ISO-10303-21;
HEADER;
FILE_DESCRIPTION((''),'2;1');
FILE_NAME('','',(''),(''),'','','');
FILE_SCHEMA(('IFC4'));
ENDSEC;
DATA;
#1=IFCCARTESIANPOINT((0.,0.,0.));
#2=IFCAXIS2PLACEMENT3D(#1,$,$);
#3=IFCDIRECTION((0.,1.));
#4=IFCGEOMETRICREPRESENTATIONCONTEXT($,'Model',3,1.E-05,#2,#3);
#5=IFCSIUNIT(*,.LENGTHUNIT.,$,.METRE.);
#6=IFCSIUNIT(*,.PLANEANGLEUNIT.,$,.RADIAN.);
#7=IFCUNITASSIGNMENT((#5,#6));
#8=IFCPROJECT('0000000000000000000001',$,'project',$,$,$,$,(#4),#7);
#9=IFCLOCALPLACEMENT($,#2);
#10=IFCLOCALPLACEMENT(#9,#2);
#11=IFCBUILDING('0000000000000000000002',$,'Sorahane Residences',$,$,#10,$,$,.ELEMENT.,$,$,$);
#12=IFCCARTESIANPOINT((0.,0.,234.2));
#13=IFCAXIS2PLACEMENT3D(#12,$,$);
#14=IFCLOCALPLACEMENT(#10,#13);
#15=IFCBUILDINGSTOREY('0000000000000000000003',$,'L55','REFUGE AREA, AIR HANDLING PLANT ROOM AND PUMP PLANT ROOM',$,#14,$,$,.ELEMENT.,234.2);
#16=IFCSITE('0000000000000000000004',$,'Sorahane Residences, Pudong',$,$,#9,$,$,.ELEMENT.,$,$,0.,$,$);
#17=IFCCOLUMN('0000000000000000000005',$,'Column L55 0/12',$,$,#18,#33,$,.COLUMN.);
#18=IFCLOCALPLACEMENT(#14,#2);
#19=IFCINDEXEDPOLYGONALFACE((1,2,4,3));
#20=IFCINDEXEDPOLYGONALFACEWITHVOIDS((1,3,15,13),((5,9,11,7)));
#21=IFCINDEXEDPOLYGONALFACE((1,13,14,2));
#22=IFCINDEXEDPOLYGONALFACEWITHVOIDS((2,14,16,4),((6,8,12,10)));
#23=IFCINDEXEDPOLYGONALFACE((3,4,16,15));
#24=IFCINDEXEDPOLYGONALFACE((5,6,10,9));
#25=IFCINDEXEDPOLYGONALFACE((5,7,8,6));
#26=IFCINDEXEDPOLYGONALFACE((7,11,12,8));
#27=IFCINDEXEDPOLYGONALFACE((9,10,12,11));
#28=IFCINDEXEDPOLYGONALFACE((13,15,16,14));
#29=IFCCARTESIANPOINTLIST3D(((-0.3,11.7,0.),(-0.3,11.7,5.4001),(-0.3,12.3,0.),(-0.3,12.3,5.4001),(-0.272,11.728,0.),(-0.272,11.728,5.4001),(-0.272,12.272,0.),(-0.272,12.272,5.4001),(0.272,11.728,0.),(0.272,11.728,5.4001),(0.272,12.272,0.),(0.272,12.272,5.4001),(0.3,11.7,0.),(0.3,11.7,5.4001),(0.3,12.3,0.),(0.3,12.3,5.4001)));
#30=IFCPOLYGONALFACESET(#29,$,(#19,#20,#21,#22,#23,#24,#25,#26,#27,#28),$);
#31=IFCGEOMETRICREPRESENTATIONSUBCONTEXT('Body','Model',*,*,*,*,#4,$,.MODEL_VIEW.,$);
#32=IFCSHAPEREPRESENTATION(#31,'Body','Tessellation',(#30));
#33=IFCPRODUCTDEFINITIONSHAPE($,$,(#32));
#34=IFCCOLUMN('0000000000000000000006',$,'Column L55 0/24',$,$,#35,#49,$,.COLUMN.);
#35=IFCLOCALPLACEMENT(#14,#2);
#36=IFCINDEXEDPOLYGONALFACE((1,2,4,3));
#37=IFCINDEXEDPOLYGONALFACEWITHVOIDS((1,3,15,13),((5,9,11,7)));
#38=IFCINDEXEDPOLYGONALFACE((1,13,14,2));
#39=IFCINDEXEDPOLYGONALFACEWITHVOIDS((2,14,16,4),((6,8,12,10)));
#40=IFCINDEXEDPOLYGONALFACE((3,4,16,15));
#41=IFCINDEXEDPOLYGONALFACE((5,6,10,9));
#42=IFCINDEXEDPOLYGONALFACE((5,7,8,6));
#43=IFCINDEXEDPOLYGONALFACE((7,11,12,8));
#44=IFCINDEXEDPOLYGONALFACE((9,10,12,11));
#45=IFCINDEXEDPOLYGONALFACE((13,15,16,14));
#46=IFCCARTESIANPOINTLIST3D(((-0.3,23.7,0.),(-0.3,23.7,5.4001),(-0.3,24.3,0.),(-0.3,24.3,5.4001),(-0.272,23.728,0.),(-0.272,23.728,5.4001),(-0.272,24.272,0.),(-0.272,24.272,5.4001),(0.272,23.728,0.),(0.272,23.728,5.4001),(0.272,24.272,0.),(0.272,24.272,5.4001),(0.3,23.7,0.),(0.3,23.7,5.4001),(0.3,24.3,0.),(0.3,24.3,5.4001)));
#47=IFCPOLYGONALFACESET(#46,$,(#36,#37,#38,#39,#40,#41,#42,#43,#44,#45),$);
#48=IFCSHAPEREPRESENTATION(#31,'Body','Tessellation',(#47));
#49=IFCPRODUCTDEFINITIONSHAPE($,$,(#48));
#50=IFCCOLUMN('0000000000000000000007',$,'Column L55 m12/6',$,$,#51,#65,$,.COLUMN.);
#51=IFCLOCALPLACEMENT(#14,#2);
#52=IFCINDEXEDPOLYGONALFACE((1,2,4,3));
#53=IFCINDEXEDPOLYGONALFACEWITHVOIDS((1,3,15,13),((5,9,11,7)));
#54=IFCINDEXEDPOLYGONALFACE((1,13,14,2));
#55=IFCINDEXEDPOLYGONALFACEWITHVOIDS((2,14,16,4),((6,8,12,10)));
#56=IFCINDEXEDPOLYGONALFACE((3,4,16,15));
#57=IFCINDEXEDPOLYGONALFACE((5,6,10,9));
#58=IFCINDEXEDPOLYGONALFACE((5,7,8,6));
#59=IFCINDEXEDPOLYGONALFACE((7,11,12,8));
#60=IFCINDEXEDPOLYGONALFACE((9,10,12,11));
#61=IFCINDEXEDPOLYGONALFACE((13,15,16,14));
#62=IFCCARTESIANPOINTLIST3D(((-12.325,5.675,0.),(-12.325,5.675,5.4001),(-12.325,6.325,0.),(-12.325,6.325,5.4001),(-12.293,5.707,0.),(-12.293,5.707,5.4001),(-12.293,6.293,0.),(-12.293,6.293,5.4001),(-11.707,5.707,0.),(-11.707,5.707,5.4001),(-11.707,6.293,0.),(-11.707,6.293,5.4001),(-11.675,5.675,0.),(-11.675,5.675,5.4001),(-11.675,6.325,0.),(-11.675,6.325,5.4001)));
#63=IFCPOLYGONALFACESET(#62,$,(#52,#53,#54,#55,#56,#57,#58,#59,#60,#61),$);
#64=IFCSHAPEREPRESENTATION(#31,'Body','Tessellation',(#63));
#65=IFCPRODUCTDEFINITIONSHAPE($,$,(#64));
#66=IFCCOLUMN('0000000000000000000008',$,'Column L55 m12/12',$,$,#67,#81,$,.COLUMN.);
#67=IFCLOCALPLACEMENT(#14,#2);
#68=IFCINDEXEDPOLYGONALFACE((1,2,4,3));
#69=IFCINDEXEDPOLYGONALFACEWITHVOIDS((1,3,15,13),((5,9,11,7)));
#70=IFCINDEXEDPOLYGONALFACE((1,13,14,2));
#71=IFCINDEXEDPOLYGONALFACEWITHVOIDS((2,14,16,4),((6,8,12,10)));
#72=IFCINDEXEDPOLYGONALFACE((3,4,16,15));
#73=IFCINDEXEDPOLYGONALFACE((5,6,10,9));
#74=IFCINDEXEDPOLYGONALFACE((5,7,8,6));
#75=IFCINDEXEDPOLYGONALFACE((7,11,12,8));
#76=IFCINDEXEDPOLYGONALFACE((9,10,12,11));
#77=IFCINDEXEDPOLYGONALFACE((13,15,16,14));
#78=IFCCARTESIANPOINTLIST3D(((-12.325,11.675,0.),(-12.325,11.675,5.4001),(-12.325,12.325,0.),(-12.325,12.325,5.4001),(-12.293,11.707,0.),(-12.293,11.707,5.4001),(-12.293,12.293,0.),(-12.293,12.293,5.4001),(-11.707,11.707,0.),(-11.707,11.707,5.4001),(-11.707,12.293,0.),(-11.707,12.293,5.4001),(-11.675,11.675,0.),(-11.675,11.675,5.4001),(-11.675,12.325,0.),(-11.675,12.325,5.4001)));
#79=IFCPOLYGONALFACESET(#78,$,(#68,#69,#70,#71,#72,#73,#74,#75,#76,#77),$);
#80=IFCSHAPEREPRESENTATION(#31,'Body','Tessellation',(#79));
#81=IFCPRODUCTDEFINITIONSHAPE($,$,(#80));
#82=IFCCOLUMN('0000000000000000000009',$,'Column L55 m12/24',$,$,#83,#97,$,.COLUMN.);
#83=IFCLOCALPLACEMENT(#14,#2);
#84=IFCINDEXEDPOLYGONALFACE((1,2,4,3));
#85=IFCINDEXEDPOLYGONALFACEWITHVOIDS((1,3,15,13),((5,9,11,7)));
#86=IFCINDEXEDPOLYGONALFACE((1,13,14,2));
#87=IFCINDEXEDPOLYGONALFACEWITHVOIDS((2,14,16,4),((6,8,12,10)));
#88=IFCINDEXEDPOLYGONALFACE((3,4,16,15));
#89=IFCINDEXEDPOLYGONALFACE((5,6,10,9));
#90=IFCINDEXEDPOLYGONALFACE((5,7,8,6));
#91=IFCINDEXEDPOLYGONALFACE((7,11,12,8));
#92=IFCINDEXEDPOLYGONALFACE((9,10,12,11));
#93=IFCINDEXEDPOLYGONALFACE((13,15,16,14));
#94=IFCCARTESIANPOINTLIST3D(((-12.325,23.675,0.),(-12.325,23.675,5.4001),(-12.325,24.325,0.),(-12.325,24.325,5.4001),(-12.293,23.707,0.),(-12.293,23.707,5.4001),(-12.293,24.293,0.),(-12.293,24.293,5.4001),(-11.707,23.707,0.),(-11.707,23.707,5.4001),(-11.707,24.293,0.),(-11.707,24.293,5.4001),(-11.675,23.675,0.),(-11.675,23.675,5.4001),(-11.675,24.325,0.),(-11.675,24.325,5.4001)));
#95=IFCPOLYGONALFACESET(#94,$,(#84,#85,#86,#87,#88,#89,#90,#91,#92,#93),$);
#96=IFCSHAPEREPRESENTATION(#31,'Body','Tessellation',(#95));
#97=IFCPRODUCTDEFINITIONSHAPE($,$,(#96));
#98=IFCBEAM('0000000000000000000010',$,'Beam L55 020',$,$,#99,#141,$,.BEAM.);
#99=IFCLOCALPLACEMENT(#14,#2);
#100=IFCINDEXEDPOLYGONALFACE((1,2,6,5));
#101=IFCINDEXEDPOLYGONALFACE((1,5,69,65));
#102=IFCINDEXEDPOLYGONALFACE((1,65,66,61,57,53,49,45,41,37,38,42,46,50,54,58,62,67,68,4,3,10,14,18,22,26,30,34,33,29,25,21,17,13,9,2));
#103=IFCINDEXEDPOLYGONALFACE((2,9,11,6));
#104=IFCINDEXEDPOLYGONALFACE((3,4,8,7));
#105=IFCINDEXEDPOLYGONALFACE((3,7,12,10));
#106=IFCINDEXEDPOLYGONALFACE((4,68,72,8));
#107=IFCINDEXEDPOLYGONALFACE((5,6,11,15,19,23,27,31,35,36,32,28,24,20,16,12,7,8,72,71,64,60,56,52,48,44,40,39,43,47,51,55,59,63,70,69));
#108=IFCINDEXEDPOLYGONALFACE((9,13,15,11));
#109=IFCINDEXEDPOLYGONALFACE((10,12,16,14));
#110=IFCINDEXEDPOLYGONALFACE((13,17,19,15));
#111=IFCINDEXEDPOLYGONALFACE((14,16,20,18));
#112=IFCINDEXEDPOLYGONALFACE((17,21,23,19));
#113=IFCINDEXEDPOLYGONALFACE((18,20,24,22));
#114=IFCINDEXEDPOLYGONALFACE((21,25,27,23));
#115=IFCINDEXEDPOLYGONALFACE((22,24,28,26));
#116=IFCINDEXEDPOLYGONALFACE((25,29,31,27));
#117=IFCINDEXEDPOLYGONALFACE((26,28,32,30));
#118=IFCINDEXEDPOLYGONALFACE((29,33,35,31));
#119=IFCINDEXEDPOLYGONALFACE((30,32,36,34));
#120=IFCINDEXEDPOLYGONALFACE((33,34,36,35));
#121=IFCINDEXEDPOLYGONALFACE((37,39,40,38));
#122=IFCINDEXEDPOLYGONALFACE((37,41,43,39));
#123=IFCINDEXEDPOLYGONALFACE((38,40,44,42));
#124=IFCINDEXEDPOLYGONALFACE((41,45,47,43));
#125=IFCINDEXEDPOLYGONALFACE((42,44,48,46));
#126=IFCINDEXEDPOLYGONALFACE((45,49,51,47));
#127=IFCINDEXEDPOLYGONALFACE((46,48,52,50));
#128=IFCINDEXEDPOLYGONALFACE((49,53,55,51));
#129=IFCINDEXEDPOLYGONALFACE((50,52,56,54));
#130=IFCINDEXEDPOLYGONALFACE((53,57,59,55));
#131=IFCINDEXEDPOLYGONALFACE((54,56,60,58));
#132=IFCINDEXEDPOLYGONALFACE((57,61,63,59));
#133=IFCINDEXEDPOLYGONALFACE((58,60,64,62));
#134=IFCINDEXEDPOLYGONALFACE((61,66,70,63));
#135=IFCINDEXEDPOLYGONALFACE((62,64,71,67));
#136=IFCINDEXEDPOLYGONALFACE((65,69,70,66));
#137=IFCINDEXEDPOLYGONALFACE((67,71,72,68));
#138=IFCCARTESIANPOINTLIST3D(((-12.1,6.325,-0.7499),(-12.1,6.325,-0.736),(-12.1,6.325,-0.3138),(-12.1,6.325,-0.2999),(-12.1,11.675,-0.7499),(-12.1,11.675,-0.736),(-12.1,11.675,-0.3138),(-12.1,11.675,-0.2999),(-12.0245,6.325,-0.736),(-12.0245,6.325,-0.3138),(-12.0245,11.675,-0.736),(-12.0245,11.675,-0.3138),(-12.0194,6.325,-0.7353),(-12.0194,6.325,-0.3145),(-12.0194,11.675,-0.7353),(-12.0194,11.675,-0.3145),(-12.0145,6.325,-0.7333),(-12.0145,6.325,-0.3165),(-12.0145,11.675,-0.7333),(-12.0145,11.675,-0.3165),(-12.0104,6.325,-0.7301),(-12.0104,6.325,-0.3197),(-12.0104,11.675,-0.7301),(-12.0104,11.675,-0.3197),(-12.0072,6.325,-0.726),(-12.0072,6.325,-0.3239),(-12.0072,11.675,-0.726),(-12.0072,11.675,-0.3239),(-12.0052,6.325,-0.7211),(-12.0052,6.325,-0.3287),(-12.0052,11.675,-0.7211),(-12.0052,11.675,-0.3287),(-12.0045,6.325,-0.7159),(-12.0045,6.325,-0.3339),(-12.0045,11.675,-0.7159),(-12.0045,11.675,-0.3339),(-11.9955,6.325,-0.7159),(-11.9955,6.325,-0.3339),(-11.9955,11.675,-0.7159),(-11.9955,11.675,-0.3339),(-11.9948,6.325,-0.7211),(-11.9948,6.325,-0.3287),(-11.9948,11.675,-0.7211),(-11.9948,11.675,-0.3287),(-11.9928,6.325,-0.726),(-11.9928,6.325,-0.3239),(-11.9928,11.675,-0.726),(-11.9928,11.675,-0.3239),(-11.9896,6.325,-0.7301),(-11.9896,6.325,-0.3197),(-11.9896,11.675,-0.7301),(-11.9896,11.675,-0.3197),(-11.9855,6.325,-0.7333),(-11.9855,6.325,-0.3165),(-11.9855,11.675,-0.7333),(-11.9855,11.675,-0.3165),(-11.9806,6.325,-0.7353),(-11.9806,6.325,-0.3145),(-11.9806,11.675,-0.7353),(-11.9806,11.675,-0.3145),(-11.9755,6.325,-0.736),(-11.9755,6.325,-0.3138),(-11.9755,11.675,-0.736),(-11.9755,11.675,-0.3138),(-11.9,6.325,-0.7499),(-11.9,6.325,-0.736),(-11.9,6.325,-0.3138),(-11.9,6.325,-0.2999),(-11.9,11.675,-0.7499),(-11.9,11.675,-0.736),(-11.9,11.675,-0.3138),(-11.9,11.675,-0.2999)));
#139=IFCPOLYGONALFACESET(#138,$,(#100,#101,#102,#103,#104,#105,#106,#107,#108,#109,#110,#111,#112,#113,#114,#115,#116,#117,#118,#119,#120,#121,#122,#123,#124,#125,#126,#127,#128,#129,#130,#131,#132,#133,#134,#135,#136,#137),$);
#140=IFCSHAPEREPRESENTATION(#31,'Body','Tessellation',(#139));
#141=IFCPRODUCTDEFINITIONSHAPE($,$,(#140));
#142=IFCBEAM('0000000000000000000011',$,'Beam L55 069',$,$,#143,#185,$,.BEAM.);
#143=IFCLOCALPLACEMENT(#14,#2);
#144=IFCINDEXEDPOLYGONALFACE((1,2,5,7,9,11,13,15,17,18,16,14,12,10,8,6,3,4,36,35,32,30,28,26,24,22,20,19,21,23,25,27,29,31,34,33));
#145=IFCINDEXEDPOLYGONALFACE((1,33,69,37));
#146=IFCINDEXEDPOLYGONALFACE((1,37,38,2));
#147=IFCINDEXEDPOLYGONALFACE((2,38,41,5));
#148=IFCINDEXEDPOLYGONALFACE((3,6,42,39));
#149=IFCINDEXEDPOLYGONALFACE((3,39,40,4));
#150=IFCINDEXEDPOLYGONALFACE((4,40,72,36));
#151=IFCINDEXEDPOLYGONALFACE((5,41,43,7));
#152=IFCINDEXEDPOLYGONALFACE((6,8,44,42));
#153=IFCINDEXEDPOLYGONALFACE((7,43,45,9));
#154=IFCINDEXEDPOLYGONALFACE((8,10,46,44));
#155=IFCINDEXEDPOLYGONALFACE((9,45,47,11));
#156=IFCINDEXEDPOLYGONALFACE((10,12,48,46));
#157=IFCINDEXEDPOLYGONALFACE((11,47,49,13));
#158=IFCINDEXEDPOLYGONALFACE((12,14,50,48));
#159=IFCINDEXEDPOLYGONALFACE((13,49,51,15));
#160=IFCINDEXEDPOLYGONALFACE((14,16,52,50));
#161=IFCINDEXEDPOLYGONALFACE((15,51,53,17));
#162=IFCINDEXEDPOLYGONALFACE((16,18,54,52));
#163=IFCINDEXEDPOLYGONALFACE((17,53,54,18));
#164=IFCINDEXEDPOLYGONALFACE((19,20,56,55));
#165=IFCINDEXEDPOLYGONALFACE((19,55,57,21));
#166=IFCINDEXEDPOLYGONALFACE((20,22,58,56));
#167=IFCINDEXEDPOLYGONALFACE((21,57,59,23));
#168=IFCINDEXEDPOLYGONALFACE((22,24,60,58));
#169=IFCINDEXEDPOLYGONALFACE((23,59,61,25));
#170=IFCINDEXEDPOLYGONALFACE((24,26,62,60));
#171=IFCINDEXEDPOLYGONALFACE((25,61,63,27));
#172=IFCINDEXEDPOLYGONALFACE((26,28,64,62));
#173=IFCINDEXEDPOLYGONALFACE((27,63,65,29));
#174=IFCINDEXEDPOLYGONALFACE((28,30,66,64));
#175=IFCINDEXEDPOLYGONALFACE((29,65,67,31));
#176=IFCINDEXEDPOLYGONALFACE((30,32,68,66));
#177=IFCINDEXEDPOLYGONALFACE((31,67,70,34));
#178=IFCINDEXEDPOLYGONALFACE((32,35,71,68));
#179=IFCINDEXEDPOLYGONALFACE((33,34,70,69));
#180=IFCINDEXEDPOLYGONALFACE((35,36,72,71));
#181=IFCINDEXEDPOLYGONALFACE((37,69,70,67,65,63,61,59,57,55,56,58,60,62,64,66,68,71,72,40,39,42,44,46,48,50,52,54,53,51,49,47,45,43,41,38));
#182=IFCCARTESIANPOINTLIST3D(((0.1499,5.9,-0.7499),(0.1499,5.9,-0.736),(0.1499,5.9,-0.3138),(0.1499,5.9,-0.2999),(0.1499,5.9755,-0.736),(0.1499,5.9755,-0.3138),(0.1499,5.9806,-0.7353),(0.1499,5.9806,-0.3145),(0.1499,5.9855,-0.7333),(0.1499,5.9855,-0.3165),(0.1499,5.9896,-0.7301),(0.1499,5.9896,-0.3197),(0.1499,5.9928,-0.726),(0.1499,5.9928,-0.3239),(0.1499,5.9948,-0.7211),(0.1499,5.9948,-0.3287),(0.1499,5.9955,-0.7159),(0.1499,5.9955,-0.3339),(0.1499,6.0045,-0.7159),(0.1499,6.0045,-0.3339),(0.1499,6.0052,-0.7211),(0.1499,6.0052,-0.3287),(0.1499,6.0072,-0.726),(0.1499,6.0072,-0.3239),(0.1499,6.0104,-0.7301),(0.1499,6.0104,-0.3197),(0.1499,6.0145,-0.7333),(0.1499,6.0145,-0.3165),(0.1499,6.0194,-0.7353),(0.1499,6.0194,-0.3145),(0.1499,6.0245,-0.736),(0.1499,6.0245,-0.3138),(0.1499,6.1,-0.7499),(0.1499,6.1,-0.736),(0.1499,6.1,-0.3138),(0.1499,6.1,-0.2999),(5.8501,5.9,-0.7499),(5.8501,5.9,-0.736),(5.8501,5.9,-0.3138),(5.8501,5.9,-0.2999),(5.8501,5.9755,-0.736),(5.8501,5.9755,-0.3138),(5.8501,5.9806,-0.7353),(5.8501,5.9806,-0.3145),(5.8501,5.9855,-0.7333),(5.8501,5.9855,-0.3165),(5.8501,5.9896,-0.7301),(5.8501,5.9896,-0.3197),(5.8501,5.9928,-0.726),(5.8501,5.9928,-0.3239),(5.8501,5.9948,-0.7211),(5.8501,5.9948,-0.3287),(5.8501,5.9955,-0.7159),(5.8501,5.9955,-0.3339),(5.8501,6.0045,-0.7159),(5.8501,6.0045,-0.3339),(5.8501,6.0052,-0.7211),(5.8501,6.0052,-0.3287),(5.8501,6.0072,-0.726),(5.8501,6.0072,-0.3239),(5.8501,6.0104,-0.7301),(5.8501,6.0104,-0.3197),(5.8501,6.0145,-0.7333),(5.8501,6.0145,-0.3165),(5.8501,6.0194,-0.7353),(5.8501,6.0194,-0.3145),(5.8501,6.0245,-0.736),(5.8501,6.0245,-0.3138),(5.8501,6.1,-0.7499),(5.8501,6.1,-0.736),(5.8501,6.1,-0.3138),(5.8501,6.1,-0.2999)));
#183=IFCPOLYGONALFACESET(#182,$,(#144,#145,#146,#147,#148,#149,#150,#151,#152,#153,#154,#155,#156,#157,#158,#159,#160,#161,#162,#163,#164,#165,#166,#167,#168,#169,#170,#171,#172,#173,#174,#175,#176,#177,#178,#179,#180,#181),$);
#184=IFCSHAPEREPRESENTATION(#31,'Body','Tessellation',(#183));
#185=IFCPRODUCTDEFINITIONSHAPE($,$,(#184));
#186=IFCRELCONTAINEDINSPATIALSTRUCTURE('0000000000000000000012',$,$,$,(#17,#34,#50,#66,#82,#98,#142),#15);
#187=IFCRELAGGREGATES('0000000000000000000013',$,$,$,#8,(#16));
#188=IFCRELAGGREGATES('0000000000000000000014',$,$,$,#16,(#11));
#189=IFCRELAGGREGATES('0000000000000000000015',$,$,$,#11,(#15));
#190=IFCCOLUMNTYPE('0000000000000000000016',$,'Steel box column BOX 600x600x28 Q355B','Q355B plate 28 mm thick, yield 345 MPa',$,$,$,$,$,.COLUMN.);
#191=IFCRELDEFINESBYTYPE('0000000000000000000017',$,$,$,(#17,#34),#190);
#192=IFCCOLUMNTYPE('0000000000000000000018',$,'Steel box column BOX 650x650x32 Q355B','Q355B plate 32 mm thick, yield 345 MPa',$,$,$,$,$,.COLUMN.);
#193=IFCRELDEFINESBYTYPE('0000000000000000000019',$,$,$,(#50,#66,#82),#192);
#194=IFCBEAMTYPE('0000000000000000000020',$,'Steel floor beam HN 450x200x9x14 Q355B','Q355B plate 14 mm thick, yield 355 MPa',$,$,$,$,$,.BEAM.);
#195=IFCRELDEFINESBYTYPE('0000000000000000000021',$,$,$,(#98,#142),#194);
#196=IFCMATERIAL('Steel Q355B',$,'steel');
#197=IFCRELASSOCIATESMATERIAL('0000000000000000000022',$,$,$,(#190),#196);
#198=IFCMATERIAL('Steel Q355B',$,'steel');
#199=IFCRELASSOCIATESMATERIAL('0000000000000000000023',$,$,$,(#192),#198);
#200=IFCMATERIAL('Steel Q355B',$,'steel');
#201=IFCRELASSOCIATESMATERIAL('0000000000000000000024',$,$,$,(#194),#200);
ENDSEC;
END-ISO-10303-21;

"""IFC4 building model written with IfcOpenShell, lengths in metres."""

from ifc_helpers import new_model, si_unit, direction, frame, origin, origin_2d, place, context, subcontext, project, spatial, hollow_rectangle, i_section, extrude, material, material_profile, profile_set, type_object, element, save


model = new_model("IFC4")

# Units and contexts
model_context = context("Model", 3, precision=1e-05, world=origin(), true_north=direction((0.0, 1.0)))
body_context = subcontext(model_context, "Body", "Model", "MODEL_VIEW")
ifc_project = project(units=[si_unit("LENGTHUNIT", "METRE"), si_unit("PLANEANGLEUNIT", "RADIAN")], contexts=[model_context])

# Site, building, storey
site_placement = place(None, origin())
site = spatial("IfcSite", under=ifc_project, at=site_placement, Name="Sorahane Residences, Pudong", CompositionType="ELEMENT", RefElevation=0.0)
building_placement = place(site_placement, origin())
building = spatial("IfcBuilding", under=site, at=building_placement, Name="Sorahane Residences", CompositionType="ELEMENT")
storey_placement = place(building_placement, frame((0.0, 0.0, 234.2)))
storey = spatial("IfcBuildingStorey", under=building, at=storey_placement, Name="L55", Description="REFUGE AREA, AIR HANDLING PLANT ROOM AND PUMP PLANT ROOM", CompositionType="ELEMENT", Elevation=234.2)

# Columns
ifc_material_1 = material(Name="Steel Q355B", Category="steel")
ifc_material_profile_1 = material_profile(ifc_material_1, hollow_rectangle(XDim=0.6001, YDim=0.6001, WallThickness=0.0281, at=origin_2d()), Name="BOX 600x600x28")
ifc_profile_set_1 = profile_set([ifc_material_profile_1], Name="Steel Q355B")
column_type_1 = type_object("IfcColumnType", Name="Steel box column BOX 600x600x28 Q355B", Description="Q355B plate 28 mm thick, yield 345 MPa", PredefinedType="COLUMN", material=ifc_profile_set_1)
for number, where, z_axis, x_axis, name in (
    (1, (0.0, 12.0, 0.0), (0.0, 0.0, 1.0), (1.0, 0.0, 0.0), "Column L55 0/12"),
    (2, (0.0, 24.0, 0.0), (0.0, 0.0, 1.0), (1.0, 0.0, 0.0), "Column L55 0/24"),
):
    element("IfcColumn", number, at=place(storey_placement, frame(where, z_axis=z_axis, x_axis=x_axis)), inside=storey, type_object=column_type_1, Name=name, PredefinedType="COLUMN", context=body_context, shape_type="SweptSolid", body=[
        extrude(hollow_rectangle(XDim=0.6001, YDim=0.6001, WallThickness=0.0281, at=origin_2d()), origin(), (0.0, 0.0, 1.0), 5.4001),
    ])
ifc_material_2 = material(Name="Steel Q355B", Category="steel")
ifc_material_profile_2 = material_profile(ifc_material_2, hollow_rectangle(XDim=0.6499, YDim=0.6499, WallThickness=0.032, at=origin_2d()), Name="BOX 650x650x32")
ifc_profile_set_2 = profile_set([ifc_material_profile_2], Name="Steel Q355B")
column_type_2 = type_object("IfcColumnType", Name="Steel box column BOX 650x650x32 Q355B", Description="Q355B plate 32 mm thick, yield 345 MPa", PredefinedType="COLUMN", material=ifc_profile_set_2)
for number, where, z_axis, x_axis, name in (
    (3, (-12.0, 6.0, 0.0), (0.0, 0.0, 1.0), (1.0, 0.0, 0.0), "Column L55 m12/6"),
    (4, (-12.0, 12.0, 0.0), (0.0, 0.0, 1.0), (1.0, 0.0, 0.0), "Column L55 m12/12"),
    (5, (-12.0, 24.0, 0.0), (0.0, 0.0, 1.0), (1.0, 0.0, 0.0), "Column L55 m12/24"),
):
    element("IfcColumn", number, at=place(storey_placement, frame(where, z_axis=z_axis, x_axis=x_axis)), inside=storey, type_object=column_type_2, Name=name, PredefinedType="COLUMN", context=body_context, shape_type="SweptSolid", body=[
        extrude(hollow_rectangle(XDim=0.6499, YDim=0.6499, WallThickness=0.032, at=origin_2d()), origin(), (0.0, 0.0, 1.0), 5.4001),
    ])

# Beams
ifc_material_3 = material(Name="Steel Q355B", Category="steel")
ifc_material_profile_3 = material_profile(ifc_material_3, i_section(OverallWidth=0.2, OverallDepth=0.45, WebThickness=0.009, FlangeThickness=0.0139, FilletRadius=0.02, at=origin_2d()), Name="HN 450x200x9x14")
ifc_profile_set_3 = profile_set([ifc_material_profile_3], Name="Steel Q355B")
beam_type_1 = type_object("IfcBeamType", Name="Steel floor beam HN 450x200x9x14 Q355B", Description="Q355B plate 14 mm thick, yield 355 MPa", PredefinedType="BEAM", material=ifc_profile_set_3)
beam_1_placement = place(storey_placement, frame((-12.0, 6.325, -0.5249), z_axis=(0.0, 1.0, 0.0), x_axis=(-1.0, 0.0, 0.0)))
element("IfcBeam", 6, at=beam_1_placement, inside=storey, type_object=beam_type_1, Name="Beam L55 020", PredefinedType="BEAM", context=body_context, shape_type="SweptSolid", body=[
    extrude(i_section(OverallWidth=0.2, OverallDepth=0.45, WebThickness=0.009, FlangeThickness=0.0139, FilletRadius=0.02, at=origin_2d()), origin(), (0.0, 0.0, 1.0), 5.3501),
])
for number, where, z_axis, x_axis, name in (
    (7, (0.1499, 6.0, -0.5249), (1.0, 0.0, 0.0), (0.0, 1.0, 0.0), "Beam L55 069"),
):
    element("IfcBeam", number, at=place(storey_placement, frame(where, z_axis=z_axis, x_axis=x_axis)), inside=storey, type_object=beam_type_1, Name=name, PredefinedType="BEAM", context=body_context, shape_type="SweptSolid", body=[
        extrude(i_section(OverallWidth=0.2, OverallDepth=0.45, WebThickness=0.009, FlangeThickness=0.0139, FilletRadius=0.02, at=origin_2d()), origin(), (0.0, 0.0, 1.0), 5.7002),
    ])

save(model, "model.ifc")
